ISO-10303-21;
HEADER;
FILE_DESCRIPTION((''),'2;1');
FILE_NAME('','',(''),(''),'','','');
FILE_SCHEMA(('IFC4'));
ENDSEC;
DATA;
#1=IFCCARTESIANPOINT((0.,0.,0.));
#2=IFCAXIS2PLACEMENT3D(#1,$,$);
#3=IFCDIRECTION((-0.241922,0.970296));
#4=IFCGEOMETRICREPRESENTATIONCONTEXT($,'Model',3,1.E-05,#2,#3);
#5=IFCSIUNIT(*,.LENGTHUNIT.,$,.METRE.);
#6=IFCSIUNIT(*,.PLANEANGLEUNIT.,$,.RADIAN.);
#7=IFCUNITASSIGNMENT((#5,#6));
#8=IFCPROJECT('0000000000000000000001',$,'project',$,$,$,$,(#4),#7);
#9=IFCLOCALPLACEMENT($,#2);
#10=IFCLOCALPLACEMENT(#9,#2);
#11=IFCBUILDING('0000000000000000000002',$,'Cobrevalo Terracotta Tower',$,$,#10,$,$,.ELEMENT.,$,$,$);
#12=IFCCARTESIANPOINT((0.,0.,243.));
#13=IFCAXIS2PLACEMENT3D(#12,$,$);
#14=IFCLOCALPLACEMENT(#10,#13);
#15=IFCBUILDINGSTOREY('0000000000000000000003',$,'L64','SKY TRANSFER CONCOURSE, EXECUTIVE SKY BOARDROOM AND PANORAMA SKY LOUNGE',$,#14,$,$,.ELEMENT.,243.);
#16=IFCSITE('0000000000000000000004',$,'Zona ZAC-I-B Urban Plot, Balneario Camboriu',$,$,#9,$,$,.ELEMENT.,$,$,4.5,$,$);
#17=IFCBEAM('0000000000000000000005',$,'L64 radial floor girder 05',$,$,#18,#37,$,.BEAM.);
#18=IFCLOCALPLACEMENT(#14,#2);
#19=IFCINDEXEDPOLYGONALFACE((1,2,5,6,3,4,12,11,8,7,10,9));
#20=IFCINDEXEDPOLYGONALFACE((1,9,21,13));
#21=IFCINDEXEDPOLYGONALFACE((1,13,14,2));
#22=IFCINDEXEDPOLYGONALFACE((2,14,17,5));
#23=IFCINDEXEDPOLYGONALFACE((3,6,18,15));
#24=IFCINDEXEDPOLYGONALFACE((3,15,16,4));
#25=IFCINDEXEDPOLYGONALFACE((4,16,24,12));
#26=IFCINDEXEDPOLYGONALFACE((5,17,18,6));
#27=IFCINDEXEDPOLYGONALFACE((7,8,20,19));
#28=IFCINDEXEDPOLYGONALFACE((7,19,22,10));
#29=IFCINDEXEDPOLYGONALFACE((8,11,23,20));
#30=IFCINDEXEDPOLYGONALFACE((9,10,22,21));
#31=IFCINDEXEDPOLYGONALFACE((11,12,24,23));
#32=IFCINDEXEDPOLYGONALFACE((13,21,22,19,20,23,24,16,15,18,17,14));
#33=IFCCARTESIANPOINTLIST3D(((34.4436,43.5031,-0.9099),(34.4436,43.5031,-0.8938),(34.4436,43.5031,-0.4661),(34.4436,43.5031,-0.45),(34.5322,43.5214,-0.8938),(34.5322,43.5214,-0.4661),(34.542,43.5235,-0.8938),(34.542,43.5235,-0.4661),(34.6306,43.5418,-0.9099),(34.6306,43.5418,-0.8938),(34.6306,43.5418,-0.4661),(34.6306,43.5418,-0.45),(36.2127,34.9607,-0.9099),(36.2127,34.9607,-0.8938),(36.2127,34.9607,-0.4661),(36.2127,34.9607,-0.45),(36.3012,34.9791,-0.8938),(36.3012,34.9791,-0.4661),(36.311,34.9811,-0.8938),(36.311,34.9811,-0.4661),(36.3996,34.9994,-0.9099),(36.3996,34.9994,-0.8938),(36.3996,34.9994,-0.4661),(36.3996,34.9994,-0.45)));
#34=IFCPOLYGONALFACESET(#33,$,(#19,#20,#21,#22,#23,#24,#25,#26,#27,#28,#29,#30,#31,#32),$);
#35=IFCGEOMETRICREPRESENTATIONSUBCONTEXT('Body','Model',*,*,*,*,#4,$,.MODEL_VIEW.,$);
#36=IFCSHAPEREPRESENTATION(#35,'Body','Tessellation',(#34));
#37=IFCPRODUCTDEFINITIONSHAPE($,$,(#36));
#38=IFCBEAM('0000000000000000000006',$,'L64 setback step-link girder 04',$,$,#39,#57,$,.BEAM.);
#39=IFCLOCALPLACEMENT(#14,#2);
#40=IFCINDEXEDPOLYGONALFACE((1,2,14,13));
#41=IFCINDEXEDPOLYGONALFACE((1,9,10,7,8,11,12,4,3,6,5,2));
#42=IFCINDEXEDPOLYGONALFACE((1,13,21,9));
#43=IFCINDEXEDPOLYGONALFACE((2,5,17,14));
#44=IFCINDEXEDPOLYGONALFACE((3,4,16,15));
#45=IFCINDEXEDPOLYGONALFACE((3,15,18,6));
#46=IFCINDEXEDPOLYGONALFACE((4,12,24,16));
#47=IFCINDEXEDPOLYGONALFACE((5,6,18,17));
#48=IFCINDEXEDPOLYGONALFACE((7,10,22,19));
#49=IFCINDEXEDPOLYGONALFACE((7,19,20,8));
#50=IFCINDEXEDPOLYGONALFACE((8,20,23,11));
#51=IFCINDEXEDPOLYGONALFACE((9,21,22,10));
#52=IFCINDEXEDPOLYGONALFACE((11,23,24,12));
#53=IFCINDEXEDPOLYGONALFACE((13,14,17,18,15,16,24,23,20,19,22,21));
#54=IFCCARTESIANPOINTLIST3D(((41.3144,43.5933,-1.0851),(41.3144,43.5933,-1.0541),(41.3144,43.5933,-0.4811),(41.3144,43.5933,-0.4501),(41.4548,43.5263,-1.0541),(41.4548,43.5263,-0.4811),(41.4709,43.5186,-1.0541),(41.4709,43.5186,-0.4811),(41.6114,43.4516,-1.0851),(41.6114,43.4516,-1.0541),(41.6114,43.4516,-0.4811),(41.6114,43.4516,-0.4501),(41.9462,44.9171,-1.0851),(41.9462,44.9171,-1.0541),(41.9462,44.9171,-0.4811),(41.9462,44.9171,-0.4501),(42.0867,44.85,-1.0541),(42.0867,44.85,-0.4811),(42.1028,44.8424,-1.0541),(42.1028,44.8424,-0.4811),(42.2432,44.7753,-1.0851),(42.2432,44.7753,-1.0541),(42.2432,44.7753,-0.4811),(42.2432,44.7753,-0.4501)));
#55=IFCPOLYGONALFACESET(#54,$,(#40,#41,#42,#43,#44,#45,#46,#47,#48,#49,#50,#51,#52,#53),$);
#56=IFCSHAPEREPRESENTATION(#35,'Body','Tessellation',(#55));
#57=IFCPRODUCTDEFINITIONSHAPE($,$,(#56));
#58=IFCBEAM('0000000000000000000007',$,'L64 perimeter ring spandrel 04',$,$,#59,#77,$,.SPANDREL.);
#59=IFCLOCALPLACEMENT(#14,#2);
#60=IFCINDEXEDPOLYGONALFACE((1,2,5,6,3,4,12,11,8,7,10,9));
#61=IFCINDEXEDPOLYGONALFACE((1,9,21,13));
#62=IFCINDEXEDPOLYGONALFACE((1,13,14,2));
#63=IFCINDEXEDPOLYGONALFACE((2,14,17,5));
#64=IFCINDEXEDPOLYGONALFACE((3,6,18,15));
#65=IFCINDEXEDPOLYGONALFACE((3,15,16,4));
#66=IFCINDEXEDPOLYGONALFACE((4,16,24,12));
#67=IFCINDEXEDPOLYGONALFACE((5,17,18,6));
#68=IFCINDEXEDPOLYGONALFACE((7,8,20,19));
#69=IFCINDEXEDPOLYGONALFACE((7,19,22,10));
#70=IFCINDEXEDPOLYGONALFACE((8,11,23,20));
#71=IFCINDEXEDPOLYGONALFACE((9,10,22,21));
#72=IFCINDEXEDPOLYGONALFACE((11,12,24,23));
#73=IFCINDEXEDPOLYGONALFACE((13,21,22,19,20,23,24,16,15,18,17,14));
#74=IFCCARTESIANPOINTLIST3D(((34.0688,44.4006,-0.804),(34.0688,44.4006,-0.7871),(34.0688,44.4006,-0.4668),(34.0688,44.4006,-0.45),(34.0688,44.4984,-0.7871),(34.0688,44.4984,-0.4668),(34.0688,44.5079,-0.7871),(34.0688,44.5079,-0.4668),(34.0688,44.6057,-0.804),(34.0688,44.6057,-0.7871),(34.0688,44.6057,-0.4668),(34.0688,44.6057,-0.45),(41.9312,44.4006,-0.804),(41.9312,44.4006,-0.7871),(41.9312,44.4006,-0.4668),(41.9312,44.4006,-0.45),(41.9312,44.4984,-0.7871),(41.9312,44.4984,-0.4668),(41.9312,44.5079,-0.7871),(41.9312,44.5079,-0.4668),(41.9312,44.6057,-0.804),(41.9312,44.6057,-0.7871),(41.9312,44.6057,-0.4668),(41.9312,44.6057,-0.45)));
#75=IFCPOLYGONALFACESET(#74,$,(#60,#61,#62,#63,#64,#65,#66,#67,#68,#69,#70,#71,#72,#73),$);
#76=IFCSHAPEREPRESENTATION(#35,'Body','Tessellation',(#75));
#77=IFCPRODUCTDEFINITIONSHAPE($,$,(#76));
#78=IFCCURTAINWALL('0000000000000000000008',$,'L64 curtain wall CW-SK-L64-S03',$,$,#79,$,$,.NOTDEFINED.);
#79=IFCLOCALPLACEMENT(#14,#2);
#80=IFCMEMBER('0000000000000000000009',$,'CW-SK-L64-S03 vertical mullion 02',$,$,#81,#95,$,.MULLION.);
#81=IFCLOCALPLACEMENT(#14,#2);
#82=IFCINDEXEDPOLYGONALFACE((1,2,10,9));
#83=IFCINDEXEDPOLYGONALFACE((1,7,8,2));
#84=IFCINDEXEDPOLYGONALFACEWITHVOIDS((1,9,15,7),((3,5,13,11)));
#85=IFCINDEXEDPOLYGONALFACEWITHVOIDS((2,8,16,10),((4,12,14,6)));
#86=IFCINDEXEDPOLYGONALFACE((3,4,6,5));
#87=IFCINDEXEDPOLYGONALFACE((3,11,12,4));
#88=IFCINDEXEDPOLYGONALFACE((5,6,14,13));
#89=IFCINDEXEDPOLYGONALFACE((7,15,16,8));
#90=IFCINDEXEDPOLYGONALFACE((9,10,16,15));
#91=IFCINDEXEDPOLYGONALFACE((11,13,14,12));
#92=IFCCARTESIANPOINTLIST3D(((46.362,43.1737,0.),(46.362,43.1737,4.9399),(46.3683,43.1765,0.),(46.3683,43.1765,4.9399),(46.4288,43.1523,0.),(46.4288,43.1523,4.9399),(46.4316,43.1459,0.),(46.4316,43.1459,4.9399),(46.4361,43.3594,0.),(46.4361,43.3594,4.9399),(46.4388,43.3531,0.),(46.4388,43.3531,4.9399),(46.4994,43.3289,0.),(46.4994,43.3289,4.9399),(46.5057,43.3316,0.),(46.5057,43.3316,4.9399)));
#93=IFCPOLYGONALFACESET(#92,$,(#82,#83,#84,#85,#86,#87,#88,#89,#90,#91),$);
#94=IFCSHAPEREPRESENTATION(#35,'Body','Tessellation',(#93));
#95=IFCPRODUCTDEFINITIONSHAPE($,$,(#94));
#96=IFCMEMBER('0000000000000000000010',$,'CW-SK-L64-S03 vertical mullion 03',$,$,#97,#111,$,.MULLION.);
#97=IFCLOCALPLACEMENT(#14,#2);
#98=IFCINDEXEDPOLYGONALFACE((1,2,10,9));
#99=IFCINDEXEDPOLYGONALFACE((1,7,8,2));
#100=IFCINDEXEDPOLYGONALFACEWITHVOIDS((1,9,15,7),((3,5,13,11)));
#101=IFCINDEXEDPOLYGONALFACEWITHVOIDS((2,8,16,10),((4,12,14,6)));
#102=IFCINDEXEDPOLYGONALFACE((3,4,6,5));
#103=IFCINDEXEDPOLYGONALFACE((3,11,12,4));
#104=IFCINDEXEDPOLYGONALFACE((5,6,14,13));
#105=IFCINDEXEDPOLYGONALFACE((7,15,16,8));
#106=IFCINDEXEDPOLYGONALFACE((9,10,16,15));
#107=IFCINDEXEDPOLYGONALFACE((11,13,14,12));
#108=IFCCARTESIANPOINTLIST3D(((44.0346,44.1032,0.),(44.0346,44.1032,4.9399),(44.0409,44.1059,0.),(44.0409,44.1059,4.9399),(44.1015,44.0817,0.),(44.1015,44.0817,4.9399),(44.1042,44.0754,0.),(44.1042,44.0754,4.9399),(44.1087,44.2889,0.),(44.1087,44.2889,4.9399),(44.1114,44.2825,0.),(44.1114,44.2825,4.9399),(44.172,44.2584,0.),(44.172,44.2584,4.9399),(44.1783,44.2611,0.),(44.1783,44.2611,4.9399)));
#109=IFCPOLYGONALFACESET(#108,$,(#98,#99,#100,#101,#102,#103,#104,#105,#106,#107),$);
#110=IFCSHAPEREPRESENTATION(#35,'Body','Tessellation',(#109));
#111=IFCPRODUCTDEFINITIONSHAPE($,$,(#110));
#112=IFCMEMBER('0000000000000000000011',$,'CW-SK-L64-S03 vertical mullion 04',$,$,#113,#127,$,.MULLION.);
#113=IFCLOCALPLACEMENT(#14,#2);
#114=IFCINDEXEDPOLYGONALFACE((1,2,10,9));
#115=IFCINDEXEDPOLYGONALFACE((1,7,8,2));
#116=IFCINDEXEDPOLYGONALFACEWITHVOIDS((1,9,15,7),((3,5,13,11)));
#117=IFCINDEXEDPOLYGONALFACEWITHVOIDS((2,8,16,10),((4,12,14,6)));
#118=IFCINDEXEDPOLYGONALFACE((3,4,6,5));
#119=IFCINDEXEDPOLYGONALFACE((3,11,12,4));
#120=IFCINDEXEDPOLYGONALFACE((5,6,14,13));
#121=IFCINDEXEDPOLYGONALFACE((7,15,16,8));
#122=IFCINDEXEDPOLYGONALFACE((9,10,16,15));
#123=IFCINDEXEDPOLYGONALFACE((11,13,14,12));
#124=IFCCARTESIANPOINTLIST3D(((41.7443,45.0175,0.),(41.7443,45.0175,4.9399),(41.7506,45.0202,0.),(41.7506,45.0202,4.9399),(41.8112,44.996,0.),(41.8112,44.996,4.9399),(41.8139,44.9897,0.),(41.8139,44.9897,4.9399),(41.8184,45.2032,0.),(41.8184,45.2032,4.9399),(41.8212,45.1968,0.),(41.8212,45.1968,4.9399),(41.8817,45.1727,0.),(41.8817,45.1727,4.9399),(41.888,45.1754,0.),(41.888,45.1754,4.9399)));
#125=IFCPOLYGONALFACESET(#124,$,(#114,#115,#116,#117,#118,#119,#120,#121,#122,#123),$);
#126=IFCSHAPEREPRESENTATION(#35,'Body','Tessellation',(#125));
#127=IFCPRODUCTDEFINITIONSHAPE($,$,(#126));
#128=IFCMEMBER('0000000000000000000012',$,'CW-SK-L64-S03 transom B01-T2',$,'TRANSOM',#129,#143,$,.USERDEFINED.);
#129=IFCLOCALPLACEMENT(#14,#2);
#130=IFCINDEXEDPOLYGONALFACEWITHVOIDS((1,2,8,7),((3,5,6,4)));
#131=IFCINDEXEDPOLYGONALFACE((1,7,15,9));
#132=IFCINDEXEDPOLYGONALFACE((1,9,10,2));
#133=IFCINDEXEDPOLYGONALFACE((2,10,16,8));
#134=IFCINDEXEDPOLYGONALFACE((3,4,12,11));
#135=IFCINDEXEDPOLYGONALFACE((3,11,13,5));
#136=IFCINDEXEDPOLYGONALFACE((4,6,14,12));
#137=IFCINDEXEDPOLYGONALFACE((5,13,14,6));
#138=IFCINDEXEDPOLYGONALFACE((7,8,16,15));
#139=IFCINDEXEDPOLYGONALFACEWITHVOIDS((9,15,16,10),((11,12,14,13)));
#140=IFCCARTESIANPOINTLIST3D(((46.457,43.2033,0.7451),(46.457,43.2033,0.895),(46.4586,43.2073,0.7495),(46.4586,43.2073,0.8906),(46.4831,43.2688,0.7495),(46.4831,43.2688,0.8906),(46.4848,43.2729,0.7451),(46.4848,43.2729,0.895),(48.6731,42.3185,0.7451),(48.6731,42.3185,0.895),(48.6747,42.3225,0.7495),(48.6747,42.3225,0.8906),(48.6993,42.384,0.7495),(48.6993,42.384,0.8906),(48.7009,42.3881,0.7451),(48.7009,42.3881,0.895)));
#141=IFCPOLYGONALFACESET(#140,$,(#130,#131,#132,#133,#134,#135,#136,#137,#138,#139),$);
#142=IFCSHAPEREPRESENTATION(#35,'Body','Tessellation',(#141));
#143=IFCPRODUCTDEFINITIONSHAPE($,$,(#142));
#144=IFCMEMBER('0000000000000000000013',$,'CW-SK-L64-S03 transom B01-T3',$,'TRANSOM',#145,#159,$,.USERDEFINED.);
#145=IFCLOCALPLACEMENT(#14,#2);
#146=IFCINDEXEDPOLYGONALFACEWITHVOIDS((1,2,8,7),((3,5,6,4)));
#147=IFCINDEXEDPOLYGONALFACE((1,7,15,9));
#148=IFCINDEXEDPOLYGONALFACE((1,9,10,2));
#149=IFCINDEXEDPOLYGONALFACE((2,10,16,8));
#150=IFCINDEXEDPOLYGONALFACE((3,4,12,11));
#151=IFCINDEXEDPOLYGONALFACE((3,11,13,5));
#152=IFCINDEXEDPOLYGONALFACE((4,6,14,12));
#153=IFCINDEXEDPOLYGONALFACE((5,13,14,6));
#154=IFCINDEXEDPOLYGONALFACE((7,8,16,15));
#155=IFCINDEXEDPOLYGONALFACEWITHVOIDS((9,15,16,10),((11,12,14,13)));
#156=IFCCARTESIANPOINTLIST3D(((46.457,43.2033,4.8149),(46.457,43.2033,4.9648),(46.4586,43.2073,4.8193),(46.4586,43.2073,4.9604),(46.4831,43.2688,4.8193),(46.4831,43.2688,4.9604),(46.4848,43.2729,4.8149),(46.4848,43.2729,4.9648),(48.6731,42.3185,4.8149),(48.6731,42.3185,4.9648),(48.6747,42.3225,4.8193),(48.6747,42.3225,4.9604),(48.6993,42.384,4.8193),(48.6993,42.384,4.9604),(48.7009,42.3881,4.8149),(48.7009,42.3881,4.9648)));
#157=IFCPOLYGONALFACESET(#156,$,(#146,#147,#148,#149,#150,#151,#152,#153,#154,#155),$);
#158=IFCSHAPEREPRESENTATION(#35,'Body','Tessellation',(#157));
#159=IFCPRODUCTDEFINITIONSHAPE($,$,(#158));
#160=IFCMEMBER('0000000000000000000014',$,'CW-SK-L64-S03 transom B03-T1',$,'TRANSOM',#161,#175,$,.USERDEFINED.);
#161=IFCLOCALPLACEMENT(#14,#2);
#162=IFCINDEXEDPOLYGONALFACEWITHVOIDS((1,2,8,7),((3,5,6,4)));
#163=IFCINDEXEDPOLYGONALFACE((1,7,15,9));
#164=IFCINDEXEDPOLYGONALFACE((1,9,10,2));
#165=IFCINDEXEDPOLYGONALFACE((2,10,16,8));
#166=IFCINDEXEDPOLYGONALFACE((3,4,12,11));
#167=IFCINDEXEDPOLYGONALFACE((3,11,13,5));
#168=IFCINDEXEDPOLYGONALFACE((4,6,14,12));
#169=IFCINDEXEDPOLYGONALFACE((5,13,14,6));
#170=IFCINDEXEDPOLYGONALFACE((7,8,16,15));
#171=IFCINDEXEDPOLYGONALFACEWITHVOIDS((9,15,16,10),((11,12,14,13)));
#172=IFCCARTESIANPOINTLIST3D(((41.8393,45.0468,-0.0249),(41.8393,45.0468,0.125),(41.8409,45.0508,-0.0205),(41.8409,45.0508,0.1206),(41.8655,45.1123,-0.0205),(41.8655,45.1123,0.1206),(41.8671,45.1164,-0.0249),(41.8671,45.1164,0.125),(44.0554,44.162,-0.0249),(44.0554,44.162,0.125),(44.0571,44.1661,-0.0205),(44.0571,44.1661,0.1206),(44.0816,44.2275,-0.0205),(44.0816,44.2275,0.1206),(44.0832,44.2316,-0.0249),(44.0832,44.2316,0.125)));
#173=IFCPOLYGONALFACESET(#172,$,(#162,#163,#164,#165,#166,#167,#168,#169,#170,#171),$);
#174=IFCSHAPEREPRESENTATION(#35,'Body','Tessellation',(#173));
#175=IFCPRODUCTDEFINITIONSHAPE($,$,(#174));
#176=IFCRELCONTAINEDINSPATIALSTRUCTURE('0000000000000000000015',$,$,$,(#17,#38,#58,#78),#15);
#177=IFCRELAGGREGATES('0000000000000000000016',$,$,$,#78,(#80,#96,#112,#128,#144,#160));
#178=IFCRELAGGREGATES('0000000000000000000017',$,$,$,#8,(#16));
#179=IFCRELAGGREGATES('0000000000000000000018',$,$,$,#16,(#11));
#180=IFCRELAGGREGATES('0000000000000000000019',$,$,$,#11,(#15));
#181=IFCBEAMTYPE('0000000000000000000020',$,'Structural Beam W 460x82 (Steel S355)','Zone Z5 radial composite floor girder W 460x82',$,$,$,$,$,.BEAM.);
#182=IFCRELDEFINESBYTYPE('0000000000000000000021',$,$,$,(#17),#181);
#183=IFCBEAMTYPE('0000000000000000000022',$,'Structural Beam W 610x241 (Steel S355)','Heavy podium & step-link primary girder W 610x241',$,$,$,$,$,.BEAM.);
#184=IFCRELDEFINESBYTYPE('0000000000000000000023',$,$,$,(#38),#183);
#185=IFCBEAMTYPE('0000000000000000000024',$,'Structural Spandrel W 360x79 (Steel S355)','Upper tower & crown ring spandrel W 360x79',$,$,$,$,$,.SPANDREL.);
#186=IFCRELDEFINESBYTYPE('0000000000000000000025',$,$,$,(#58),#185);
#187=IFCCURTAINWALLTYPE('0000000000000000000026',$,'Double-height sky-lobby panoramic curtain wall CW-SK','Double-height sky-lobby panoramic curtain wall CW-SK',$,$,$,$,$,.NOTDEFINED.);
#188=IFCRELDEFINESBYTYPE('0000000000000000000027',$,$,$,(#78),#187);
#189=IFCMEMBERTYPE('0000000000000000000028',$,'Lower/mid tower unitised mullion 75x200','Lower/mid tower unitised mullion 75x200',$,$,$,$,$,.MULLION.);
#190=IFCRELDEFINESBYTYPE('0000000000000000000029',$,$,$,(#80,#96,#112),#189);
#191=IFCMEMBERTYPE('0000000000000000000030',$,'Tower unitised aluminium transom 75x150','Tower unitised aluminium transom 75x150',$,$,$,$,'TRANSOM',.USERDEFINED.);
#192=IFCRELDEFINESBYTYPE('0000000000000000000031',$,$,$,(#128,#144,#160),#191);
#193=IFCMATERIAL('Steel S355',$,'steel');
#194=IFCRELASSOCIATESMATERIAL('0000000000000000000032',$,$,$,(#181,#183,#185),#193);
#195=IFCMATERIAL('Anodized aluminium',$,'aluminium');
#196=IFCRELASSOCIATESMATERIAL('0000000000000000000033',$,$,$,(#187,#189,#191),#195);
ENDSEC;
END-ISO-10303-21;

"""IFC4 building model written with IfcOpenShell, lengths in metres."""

from ifc_helpers import new_model, si_unit, direction, frame, origin, origin_2d, place, context, subcontext, project, spatial, hollow_rectangle, i_section, extrude, source, transform, mapped, material, material_profile, profile_set, type_object, element, aggregate, save


model = new_model("IFC4")

# Units and contexts
model_context = context("Model", 3, precision=1e-05, world=origin(), true_north=direction((-0.241922, 0.970296)))
body_context = subcontext(model_context, "Body", "Model", "MODEL_VIEW")
ifc_project = project(units=[si_unit("LENGTHUNIT", "METRE"), si_unit("PLANEANGLEUNIT", "RADIAN")], contexts=[model_context])

# Site, building, storey
site_placement = place(None, origin())
site = spatial("IfcSite", under=ifc_project, at=site_placement, Name="Zona ZAC-I-B Urban Plot, Balneario Camboriu", CompositionType="ELEMENT", RefElevation=4.5)
building_placement = place(site_placement, origin())
building = spatial("IfcBuilding", under=site, at=building_placement, Name="Cobrevalo Terracotta Tower", CompositionType="ELEMENT")
storey_placement = place(building_placement, frame((0.0, 0.0, 243.0)))
storey = spatial("IfcBuildingStorey", under=building, at=storey_placement, Name="L64", Description="SKY TRANSFER CONCOURSE, EXECUTIVE SKY BOARDROOM AND PANORAMA SKY LOUNGE", CompositionType="ELEMENT", Elevation=243.0)

# Shared definitions
ifc_material_1 = material(Name="Steel S355", Category="steel")

# Beams
ifc_material_profile_1 = material_profile(ifc_material_1, i_section(OverallWidth=0.1909, OverallDepth=0.46, WebThickness=0.01, FlangeThickness=0.0161, at=origin_2d()), Name="W 460x82")
ifc_profile_set_1 = profile_set([ifc_material_profile_1], Name="Steel S355")
beam_type_1 = type_object("IfcBeamType", Name="Structural Beam W 460x82 (Steel S355)", Description="Zone Z5 radial composite floor girder W 460x82", PredefinedType="BEAM", material=ifc_profile_set_1)
for number, where, z_axis, x_axis, name in (
    (1, (34.5371, 43.5225, -0.6799), (0.202785, -0.979223, 0.0), (0.979223, 0.202785, 0.0), "L64 radial floor girder 05"),
):
    element("IfcBeam", number, at=place(storey_placement, frame(where, z_axis=z_axis, x_axis=x_axis)), inside=storey, type_object=beam_type_1, Name=name, PredefinedType="BEAM", context=body_context, shape_type="SweptSolid", body=[
        extrude(i_section(OverallWidth=0.1909, OverallDepth=0.46, WebThickness=0.01, FlangeThickness=0.0161, at=origin_2d()), origin(), (0.0, 0.0, 1.0), 8.7236),
    ])
ifc_material_profile_2 = material_profile(ifc_material_1, i_section(OverallWidth=0.3291, OverallDepth=0.635, WebThickness=0.0178, FlangeThickness=0.031, at=origin_2d()), Name="W 610x241")
ifc_profile_set_2 = profile_set([ifc_material_profile_2], Name="Steel S355")
beam_type_2 = type_object("IfcBeamType", Name="Structural Beam W 610x241 (Steel S355)", Description="Heavy podium & step-link primary girder W 610x241", PredefinedType="BEAM", material=ifc_profile_set_2)
beam_1_placement = place(storey_placement, frame((42.0947, 44.8462, -0.7676), z_axis=(-0.43076, -0.902466, 0.0), x_axis=(0.902466, -0.43076, 0.0)))
element("IfcBeam", 2, at=beam_1_placement, inside=storey, type_object=beam_type_2, Name="L64 setback step-link girder 04", PredefinedType="BEAM", context=body_context, shape_type="SweptSolid", body=[
    extrude(i_section(OverallWidth=0.3291, OverallDepth=0.635, WebThickness=0.0178, FlangeThickness=0.031, at=origin_2d()), origin(), (0.0, 0.0, 1.0), 1.4668),
])
ifc_material_profile_3 = material_profile(ifc_material_1, i_section(OverallWidth=0.2051, OverallDepth=0.354, WebThickness=0.0095, FlangeThickness=0.0168, at=origin_2d()), Name="W 360x79")
ifc_profile_set_3 = profile_set([ifc_material_profile_3], Name="Steel S355")
beam_type_3 = type_object("IfcBeamType", Name="Structural Spandrel W 360x79 (Steel S355)", Description="Upper tower & crown ring spandrel W 360x79", PredefinedType="SPANDREL", material=ifc_profile_set_3)
beam_2_placement = place(storey_placement, frame((41.9312, 44.5032, -0.627), z_axis=(-1.0, 0.0, 0.0), x_axis=(0.0, -1.0, 0.0)))
element("IfcBeam", 3, at=beam_2_placement, inside=storey, type_object=beam_type_3, Name="L64 perimeter ring spandrel 04", PredefinedType="SPANDREL", context=body_context, shape_type="SweptSolid", body=[
    extrude(i_section(OverallWidth=0.2051, OverallDepth=0.354, WebThickness=0.0095, FlangeThickness=0.0168, at=origin_2d()), origin(), (0.0, 0.0, 1.0), 7.8623),
])

# Curtain wall, members
ifc_material_2 = material(Name="Anodized aluminium", Category="aluminium")
curtain_wall_type = type_object("IfcCurtainWallType", Name="Double-height sky-lobby panoramic curtain wall CW-SK", Description="Double-height sky-lobby panoramic curtain wall CW-SK", PredefinedType="NOTDEFINED", material=ifc_material_2)
curtain_wall_placement = place(storey_placement, origin())
curtain_wall = element("IfcCurtainWall", 4, at=curtain_wall_placement, inside=storey, type_object=curtain_wall_type, Name="L64 curtain wall CW-SK-L64-S03", PredefinedType="NOTDEFINED")
ifc_material_profile_4 = material_profile(ifc_material_2, hollow_rectangle(XDim=0.075, YDim=0.2, WallThickness=0.0049, at=origin_2d()), Name="CWM 75x200")
ifc_profile_set_4 = profile_set([ifc_material_profile_4], Name="Anodized aluminium")
member_type_1 = type_object("IfcMemberType", Name="Lower/mid tower unitised mullion 75x200", Description="Lower/mid tower unitised mullion 75x200", PredefinedType="MULLION", material=ifc_profile_set_4)
shared_shape_1 = source(origin(), body_context, "Body", "SweptSolid", [
    extrude(hollow_rectangle(XDim=0.075, YDim=0.2, WallThickness=0.0049, at=origin_2d()), origin(), (0.0, 0.0, 1.0), 4.9399),
])
member_1_placement = place(storey_placement, frame((46.4338, 43.2527, 0.0), z_axis=(0.0, 0.0, 1.0), x_axis=(-0.928719, 0.370784, 0.0)))
member_1 = element("IfcMember", 5, at=member_1_placement, type_object=member_type_1, Name="CW-SK-L64-S03 vertical mullion 02", PredefinedType="MULLION", context=body_context, shape_type="MappedRepresentation", body=[
    mapped(shared_shape_1, transform((0.0, 0.0, 0.0), scale=1.0)),
])
member_2_placement = place(storey_placement, frame((44.1064, 44.1821, 0.0), z_axis=(0.0, 0.0, 1.0), x_axis=(-0.928719, 0.370784, 0.0)))
member_2 = element("IfcMember", 6, at=member_2_placement, type_object=member_type_1, Name="CW-SK-L64-S03 vertical mullion 03", PredefinedType="MULLION", context=body_context, shape_type="MappedRepresentation", body=[
    mapped(shared_shape_1, transform((0.0, 0.0, 0.0), scale=1.0)),
])
member_3_placement = place(storey_placement, frame((41.8162, 45.0964, 0.0), z_axis=(0.0, 0.0, 1.0), x_axis=(-0.928719, 0.370784, 0.0)))
member_3 = element("IfcMember", 7, at=member_3_placement, type_object=member_type_1, Name="CW-SK-L64-S03 vertical mullion 04", PredefinedType="MULLION", context=body_context, shape_type="MappedRepresentation", body=[
    mapped(shared_shape_1, transform((0.0, 0.0, 0.0), scale=1.0)),
])
ifc_material_profile_5 = material_profile(ifc_material_2, hollow_rectangle(XDim=0.075, YDim=0.1499, WallThickness=0.0044, at=origin_2d()), Name="CWT 75x150")
ifc_profile_set_5 = profile_set([ifc_material_profile_5], Name="Anodized aluminium")
member_type_2 = type_object("IfcMemberType", Name="Tower unitised aluminium transom 75x150", Description="Tower unitised aluminium transom 75x150", ElementType="TRANSOM", PredefinedType="USERDEFINED", material=ifc_profile_set_5)
shared_shape_2 = source(origin(), body_context, "Body", "SweptSolid", [
    extrude(hollow_rectangle(XDim=0.075, YDim=0.1499, WallThickness=0.0044, at=origin_2d()), origin(), (0.0, 0.0, 1.0), 2.3862),
])
member_4_placement = place(storey_placement, frame((48.687, 42.3533, 0.8201), z_axis=(-0.928716, 0.370791, 0.0), x_axis=(-0.370791, -0.928716, 0.0)))
member_4 = element("IfcMember", 8, at=member_4_placement, type_object=member_type_2, Name="CW-SK-L64-S03 transom B01-T2", ObjectType="TRANSOM", PredefinedType="USERDEFINED", context=body_context, shape_type="MappedRepresentation", body=[
    mapped(shared_shape_2, transform((0.0, 0.0, 0.0), scale=1.0)),
])
member_5_placement = place(storey_placement, frame((48.687, 42.3533, 4.8899), z_axis=(-0.928716, 0.370791, 0.0), x_axis=(-0.370791, -0.928716, 0.0)))
member_5 = element("IfcMember", 9, at=member_5_placement, type_object=member_type_2, Name="CW-SK-L64-S03 transom B01-T3", ObjectType="TRANSOM", PredefinedType="USERDEFINED", context=body_context, shape_type="MappedRepresentation", body=[
    mapped(shared_shape_2, transform((0.0, 0.0, 0.0), scale=1.0)),
])
member_6_placement = place(storey_placement, frame((44.0693, 44.1968, 0.05), z_axis=(-0.928716, 0.370791, 0.0), x_axis=(-0.370791, -0.928716, 0.0)))
member_6 = element("IfcMember", 10, at=member_6_placement, type_object=member_type_2, Name="CW-SK-L64-S03 transom B03-T1", ObjectType="TRANSOM", PredefinedType="USERDEFINED", context=body_context, shape_type="MappedRepresentation", body=[
    mapped(shared_shape_2, transform((0.0, 0.0, 0.0), scale=1.0)),
])
aggregate(curtain_wall, [member_1, member_2, member_3, member_4, member_5, member_6])

save(model, "model.ifc")
